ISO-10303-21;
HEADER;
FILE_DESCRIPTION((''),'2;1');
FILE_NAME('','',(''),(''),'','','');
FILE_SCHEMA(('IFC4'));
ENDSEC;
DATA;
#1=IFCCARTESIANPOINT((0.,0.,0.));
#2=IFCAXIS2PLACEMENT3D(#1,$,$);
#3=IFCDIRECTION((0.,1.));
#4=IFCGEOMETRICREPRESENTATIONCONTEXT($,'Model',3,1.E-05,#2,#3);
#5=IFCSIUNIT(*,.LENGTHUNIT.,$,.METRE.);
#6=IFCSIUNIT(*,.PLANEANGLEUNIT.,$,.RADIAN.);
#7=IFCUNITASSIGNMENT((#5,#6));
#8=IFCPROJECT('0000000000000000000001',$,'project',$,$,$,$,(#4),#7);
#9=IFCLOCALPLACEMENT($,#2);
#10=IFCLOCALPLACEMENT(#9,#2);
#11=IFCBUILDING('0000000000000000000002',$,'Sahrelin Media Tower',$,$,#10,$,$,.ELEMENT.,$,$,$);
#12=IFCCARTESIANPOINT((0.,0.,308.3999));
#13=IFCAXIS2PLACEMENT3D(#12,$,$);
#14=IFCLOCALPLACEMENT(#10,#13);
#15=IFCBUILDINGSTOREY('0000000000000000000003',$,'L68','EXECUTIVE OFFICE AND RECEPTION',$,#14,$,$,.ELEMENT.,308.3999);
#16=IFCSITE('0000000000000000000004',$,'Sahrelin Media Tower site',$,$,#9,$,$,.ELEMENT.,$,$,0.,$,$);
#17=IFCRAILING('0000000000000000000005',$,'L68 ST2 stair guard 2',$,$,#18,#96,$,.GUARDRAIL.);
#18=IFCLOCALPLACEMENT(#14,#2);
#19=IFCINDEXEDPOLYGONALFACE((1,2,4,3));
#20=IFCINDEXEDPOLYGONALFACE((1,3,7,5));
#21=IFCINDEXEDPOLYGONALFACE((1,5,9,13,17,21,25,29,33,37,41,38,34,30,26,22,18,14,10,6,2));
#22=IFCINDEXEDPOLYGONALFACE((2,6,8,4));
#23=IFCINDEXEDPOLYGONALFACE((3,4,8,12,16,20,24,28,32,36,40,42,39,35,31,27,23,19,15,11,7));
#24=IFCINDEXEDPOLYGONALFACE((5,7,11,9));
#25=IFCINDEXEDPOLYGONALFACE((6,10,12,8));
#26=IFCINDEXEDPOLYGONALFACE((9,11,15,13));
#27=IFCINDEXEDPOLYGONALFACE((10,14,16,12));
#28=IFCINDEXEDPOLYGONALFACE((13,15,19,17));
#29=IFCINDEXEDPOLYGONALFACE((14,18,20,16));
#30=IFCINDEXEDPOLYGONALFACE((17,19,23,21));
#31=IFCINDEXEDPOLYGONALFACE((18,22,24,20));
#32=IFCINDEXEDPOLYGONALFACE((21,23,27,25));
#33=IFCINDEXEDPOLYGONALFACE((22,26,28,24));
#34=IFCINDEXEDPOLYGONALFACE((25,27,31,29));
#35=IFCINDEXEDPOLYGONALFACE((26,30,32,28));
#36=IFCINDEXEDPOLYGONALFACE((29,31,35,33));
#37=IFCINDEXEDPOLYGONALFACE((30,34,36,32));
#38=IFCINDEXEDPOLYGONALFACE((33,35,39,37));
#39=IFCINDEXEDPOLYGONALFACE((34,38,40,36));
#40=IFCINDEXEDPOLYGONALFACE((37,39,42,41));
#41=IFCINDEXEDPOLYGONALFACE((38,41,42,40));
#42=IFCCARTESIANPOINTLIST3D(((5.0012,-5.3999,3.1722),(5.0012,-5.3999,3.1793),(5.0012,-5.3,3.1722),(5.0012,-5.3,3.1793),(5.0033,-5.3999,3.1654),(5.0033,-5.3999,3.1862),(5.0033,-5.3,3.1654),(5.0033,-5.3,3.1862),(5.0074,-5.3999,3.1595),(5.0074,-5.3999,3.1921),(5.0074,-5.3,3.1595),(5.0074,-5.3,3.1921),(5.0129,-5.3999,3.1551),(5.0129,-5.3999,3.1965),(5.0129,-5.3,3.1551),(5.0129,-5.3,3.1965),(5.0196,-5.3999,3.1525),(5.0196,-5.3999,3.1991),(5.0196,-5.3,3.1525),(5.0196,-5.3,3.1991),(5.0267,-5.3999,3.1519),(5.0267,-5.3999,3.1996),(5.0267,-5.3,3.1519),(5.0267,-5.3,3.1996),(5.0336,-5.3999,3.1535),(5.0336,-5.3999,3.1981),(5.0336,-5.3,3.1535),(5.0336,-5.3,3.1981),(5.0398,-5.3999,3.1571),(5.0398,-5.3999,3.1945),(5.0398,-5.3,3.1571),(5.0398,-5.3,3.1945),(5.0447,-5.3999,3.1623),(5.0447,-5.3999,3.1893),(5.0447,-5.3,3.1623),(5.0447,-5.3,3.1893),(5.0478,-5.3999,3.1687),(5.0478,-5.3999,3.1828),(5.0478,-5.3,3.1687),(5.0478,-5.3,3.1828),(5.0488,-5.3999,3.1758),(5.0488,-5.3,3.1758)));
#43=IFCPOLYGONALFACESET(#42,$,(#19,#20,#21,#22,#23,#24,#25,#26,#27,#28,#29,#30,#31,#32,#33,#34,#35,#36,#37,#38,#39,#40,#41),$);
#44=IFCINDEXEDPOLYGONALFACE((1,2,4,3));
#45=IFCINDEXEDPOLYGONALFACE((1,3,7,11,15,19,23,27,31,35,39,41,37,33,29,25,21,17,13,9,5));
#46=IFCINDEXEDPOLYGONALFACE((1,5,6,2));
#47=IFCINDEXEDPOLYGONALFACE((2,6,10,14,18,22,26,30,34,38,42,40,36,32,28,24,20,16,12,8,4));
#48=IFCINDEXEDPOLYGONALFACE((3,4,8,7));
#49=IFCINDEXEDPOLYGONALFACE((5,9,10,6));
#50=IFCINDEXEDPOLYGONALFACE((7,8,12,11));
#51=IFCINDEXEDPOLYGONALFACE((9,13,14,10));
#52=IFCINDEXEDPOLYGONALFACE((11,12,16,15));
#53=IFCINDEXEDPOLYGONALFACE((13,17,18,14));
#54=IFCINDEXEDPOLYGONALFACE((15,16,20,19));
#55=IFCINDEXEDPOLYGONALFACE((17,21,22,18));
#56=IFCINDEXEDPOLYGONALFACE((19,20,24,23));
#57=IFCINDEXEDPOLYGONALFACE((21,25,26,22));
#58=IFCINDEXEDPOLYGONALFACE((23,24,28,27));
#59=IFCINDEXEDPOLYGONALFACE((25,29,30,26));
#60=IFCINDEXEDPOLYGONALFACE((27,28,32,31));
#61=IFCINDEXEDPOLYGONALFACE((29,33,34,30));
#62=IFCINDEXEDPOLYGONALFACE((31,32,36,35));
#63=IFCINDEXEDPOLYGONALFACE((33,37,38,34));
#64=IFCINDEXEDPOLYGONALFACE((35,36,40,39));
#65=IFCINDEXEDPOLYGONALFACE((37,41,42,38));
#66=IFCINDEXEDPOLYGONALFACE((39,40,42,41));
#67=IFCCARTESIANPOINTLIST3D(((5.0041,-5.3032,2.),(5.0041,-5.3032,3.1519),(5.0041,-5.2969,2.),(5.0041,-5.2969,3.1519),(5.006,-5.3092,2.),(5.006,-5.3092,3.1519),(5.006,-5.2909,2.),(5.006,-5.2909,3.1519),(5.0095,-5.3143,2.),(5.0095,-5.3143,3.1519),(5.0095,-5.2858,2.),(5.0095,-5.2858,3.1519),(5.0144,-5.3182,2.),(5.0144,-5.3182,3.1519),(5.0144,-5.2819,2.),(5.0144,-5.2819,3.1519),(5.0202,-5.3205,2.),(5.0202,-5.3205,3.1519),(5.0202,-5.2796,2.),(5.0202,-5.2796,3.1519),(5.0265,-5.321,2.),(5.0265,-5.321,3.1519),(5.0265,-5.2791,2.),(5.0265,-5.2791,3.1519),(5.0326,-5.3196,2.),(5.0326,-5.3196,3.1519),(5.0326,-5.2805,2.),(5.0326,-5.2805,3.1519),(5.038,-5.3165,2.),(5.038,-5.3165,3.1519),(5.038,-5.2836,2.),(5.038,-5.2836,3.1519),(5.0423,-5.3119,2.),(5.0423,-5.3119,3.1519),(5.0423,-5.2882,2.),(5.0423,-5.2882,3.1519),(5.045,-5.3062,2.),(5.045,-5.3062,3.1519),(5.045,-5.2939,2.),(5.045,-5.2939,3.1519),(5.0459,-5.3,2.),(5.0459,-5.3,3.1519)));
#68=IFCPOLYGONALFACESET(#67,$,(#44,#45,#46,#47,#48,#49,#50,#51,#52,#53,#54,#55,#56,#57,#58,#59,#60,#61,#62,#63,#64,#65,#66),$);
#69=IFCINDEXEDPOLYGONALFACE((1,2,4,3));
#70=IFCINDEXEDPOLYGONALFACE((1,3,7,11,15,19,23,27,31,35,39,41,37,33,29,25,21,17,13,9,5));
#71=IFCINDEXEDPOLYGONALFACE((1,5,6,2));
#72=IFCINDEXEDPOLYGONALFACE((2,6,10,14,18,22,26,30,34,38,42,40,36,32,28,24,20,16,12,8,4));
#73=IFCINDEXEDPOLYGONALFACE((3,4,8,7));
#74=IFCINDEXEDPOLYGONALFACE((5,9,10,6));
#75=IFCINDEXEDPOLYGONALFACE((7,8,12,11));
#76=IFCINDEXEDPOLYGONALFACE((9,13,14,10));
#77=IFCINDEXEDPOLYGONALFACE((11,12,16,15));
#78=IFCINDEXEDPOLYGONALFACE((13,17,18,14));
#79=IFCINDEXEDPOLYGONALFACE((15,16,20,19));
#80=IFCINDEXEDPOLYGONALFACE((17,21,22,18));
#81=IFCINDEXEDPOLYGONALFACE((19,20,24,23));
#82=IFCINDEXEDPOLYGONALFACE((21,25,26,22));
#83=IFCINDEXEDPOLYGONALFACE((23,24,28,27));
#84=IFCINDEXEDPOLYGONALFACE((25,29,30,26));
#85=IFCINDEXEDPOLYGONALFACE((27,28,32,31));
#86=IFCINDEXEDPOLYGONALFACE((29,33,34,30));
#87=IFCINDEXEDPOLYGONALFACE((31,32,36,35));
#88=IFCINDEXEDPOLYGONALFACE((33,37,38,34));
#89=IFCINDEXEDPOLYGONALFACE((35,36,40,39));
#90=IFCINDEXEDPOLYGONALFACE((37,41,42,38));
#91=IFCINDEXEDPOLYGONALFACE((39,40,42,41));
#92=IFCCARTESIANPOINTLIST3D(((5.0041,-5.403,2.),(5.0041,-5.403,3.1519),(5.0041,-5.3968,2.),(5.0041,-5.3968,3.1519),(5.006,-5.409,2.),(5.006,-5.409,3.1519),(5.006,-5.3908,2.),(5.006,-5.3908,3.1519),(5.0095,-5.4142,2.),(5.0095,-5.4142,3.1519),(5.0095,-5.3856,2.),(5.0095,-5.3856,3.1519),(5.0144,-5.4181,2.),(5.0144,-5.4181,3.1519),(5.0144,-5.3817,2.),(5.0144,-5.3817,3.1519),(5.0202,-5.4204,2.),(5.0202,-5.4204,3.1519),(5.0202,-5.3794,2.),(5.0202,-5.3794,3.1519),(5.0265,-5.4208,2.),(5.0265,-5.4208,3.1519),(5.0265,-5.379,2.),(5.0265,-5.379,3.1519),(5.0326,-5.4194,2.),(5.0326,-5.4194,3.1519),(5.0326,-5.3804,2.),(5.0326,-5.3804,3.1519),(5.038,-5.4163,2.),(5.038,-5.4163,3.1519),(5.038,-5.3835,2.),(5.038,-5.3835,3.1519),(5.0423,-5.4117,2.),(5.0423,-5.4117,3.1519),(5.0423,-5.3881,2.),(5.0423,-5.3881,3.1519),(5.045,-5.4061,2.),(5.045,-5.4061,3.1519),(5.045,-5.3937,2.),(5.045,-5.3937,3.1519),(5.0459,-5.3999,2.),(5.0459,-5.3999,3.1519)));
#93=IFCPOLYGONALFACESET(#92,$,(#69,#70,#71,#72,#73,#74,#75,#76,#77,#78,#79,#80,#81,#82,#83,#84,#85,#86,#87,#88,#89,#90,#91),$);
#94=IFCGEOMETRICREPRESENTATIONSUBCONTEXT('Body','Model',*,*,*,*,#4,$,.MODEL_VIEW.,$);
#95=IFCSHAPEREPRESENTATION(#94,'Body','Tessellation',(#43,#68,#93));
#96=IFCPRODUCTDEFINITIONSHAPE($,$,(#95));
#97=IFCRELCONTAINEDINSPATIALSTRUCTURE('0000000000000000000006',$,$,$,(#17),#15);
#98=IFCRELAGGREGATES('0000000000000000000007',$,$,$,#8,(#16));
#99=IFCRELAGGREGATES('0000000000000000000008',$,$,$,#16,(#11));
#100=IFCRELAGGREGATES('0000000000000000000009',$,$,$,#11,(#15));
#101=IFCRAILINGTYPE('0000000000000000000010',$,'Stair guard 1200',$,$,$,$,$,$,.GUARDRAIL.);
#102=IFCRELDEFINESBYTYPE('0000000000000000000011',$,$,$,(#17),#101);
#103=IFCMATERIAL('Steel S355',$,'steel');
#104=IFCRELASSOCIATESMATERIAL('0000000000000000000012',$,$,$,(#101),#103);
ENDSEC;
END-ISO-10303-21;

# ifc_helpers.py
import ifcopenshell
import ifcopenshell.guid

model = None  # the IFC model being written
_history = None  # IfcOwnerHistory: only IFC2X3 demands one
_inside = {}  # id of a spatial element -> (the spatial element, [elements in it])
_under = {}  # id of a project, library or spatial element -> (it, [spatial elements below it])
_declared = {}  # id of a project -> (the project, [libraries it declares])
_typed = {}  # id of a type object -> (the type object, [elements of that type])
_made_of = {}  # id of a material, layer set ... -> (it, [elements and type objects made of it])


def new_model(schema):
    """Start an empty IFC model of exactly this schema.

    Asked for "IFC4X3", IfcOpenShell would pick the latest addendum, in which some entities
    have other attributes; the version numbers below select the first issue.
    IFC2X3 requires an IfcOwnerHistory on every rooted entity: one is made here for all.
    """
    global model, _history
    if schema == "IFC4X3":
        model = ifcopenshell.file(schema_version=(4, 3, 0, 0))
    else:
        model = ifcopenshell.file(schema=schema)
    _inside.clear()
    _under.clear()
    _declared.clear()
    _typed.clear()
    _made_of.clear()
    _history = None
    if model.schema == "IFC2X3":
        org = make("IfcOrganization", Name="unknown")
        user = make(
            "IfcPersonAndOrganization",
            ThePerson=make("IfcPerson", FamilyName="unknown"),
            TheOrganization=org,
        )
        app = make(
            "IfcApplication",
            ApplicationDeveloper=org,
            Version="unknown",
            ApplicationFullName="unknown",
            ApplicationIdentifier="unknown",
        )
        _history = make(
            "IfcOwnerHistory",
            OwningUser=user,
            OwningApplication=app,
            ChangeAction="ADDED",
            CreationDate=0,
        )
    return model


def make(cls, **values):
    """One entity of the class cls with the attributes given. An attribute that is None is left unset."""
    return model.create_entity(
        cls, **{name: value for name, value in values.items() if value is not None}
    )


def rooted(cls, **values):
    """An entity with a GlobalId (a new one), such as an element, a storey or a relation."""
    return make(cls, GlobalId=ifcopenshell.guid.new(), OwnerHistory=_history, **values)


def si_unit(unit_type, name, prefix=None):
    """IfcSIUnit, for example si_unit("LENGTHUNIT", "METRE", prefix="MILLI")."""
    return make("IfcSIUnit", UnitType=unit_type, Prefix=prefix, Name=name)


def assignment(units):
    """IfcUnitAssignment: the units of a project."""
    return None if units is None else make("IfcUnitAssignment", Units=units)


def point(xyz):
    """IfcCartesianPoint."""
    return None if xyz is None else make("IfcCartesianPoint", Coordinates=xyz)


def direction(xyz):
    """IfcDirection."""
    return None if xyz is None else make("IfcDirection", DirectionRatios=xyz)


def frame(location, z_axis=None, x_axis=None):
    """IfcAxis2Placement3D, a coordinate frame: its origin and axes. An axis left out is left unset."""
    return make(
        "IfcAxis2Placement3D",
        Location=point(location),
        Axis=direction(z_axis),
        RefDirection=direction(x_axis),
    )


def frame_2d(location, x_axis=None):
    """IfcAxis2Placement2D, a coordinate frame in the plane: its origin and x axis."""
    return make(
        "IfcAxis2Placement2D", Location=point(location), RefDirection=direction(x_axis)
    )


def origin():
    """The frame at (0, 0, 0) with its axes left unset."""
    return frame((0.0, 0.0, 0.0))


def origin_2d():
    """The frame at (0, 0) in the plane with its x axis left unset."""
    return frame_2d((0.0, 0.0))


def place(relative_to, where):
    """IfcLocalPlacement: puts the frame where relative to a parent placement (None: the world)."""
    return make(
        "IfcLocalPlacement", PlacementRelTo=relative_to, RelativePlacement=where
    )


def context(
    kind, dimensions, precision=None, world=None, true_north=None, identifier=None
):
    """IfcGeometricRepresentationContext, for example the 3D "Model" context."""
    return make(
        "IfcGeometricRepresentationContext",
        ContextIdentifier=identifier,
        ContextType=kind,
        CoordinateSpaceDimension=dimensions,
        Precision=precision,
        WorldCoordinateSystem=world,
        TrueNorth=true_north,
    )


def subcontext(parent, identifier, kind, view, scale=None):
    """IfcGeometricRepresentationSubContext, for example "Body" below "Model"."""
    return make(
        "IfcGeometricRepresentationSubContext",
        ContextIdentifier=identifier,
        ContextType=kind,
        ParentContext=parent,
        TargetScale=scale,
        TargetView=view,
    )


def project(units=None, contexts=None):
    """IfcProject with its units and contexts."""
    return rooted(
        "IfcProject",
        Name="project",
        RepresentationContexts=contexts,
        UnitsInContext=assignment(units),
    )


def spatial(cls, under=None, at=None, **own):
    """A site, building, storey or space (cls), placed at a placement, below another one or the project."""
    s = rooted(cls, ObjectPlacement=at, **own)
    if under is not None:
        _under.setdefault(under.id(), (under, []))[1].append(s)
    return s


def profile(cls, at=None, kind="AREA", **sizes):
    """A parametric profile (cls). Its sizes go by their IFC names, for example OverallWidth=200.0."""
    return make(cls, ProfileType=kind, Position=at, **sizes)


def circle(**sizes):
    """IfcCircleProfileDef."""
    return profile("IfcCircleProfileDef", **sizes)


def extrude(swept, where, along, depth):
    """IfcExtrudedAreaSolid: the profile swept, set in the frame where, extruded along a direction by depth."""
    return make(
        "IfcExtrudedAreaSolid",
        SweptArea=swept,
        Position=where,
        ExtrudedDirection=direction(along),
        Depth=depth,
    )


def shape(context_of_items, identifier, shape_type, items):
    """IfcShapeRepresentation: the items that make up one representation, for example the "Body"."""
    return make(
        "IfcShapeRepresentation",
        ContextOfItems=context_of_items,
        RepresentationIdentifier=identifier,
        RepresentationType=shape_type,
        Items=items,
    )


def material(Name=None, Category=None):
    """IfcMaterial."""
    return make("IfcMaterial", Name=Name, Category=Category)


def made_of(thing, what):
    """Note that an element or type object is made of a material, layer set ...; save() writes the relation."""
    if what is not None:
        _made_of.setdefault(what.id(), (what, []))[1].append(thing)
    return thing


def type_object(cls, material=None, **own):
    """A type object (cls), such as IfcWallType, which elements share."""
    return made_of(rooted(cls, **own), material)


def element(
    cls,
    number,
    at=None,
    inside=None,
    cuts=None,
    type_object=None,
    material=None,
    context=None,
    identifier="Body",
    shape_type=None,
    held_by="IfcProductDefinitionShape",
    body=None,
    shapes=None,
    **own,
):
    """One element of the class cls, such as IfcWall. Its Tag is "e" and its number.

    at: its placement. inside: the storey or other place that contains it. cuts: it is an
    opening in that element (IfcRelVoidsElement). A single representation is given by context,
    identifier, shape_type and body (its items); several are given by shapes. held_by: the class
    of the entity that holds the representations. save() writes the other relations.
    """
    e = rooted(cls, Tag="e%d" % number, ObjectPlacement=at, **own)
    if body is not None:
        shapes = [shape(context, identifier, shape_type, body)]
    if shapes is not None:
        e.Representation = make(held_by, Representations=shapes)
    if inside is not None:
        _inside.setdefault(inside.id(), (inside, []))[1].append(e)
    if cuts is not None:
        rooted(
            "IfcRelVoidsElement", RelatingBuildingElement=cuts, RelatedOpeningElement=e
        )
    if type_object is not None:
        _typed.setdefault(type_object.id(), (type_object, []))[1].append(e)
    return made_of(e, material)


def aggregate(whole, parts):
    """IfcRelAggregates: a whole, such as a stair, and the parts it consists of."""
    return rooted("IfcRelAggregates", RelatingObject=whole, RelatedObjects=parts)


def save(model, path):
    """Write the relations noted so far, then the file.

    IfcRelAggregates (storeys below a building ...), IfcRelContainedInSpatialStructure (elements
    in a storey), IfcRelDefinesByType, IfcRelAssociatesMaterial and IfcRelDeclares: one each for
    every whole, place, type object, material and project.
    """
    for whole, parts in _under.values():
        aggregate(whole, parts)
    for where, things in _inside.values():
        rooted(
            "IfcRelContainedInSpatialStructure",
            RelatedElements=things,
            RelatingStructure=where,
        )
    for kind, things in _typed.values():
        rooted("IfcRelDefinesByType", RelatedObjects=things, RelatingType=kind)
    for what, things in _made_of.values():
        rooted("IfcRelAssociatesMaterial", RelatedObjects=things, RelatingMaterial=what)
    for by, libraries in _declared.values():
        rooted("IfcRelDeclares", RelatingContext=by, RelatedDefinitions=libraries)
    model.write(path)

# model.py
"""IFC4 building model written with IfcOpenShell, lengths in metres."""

from ifc_helpers import new_model, si_unit, direction, frame, origin, origin_2d, place, context, subcontext, project, spatial, circle, extrude, material, type_object, element, save


model = new_model("IFC4")

# Units and contexts
model_context = context("Model", 3, precision=1e-05, world=origin(), true_north=direction((0.0, 1.0)))
body_context = subcontext(model_context, "Body", "Model", "MODEL_VIEW")
ifc_project = project(units=[si_unit("LENGTHUNIT", "METRE"), si_unit("PLANEANGLEUNIT", "RADIAN")], contexts=[model_context])

# Site, building, storey
site_placement = place(None, origin())
site = spatial("IfcSite", under=ifc_project, at=site_placement, Name="Sahrelin Media Tower site", CompositionType="ELEMENT", RefElevation=0.0)
building_placement = place(site_placement, origin())
building = spatial("IfcBuilding", under=site, at=building_placement, Name="Sahrelin Media Tower", CompositionType="ELEMENT")
storey_placement = place(building_placement, frame((0.0, 0.0, 308.3999)))
storey = spatial("IfcBuildingStorey", under=building, at=storey_placement, Name="L68", Description="EXECUTIVE OFFICE AND RECEPTION", CompositionType="ELEMENT", Elevation=308.3999)

# Railing
ifc_material_1 = material(Name="Steel S355", Category="steel")
railing_type_1 = type_object("IfcRailingType", Name="Stair guard 1200", PredefinedType="GUARDRAIL", material=ifc_material_1)
railing_1_placement = place(storey_placement, frame((5.0249, -5.3, 2.0)))
element("IfcRailing", 1, at=railing_1_placement, inside=storey, type_object=railing_type_1, Name="L68 ST2 stair guard 2", PredefinedType="GUARDRAIL", context=body_context, shape_type="SweptSolid", body=[
    extrude(circle(Radius=0.0239, at=origin_2d()), frame((0.0, 0.0, 1.1758), z_axis=(0.0, -1.0, 0.0), x_axis=(1.0, 0.0, 0.0)), (0.0, 0.0, 1.0), 0.0999),
    extrude(circle(Radius=0.021, at=origin_2d()), origin(), (0.0, 0.0, 1.0), 1.1519),
    extrude(circle(Radius=0.021, at=origin_2d()), frame((0.0, -0.0999, 0.0)), (0.0, 0.0, 1.0), 1.1519),
])

save(model, "model.ifc")
